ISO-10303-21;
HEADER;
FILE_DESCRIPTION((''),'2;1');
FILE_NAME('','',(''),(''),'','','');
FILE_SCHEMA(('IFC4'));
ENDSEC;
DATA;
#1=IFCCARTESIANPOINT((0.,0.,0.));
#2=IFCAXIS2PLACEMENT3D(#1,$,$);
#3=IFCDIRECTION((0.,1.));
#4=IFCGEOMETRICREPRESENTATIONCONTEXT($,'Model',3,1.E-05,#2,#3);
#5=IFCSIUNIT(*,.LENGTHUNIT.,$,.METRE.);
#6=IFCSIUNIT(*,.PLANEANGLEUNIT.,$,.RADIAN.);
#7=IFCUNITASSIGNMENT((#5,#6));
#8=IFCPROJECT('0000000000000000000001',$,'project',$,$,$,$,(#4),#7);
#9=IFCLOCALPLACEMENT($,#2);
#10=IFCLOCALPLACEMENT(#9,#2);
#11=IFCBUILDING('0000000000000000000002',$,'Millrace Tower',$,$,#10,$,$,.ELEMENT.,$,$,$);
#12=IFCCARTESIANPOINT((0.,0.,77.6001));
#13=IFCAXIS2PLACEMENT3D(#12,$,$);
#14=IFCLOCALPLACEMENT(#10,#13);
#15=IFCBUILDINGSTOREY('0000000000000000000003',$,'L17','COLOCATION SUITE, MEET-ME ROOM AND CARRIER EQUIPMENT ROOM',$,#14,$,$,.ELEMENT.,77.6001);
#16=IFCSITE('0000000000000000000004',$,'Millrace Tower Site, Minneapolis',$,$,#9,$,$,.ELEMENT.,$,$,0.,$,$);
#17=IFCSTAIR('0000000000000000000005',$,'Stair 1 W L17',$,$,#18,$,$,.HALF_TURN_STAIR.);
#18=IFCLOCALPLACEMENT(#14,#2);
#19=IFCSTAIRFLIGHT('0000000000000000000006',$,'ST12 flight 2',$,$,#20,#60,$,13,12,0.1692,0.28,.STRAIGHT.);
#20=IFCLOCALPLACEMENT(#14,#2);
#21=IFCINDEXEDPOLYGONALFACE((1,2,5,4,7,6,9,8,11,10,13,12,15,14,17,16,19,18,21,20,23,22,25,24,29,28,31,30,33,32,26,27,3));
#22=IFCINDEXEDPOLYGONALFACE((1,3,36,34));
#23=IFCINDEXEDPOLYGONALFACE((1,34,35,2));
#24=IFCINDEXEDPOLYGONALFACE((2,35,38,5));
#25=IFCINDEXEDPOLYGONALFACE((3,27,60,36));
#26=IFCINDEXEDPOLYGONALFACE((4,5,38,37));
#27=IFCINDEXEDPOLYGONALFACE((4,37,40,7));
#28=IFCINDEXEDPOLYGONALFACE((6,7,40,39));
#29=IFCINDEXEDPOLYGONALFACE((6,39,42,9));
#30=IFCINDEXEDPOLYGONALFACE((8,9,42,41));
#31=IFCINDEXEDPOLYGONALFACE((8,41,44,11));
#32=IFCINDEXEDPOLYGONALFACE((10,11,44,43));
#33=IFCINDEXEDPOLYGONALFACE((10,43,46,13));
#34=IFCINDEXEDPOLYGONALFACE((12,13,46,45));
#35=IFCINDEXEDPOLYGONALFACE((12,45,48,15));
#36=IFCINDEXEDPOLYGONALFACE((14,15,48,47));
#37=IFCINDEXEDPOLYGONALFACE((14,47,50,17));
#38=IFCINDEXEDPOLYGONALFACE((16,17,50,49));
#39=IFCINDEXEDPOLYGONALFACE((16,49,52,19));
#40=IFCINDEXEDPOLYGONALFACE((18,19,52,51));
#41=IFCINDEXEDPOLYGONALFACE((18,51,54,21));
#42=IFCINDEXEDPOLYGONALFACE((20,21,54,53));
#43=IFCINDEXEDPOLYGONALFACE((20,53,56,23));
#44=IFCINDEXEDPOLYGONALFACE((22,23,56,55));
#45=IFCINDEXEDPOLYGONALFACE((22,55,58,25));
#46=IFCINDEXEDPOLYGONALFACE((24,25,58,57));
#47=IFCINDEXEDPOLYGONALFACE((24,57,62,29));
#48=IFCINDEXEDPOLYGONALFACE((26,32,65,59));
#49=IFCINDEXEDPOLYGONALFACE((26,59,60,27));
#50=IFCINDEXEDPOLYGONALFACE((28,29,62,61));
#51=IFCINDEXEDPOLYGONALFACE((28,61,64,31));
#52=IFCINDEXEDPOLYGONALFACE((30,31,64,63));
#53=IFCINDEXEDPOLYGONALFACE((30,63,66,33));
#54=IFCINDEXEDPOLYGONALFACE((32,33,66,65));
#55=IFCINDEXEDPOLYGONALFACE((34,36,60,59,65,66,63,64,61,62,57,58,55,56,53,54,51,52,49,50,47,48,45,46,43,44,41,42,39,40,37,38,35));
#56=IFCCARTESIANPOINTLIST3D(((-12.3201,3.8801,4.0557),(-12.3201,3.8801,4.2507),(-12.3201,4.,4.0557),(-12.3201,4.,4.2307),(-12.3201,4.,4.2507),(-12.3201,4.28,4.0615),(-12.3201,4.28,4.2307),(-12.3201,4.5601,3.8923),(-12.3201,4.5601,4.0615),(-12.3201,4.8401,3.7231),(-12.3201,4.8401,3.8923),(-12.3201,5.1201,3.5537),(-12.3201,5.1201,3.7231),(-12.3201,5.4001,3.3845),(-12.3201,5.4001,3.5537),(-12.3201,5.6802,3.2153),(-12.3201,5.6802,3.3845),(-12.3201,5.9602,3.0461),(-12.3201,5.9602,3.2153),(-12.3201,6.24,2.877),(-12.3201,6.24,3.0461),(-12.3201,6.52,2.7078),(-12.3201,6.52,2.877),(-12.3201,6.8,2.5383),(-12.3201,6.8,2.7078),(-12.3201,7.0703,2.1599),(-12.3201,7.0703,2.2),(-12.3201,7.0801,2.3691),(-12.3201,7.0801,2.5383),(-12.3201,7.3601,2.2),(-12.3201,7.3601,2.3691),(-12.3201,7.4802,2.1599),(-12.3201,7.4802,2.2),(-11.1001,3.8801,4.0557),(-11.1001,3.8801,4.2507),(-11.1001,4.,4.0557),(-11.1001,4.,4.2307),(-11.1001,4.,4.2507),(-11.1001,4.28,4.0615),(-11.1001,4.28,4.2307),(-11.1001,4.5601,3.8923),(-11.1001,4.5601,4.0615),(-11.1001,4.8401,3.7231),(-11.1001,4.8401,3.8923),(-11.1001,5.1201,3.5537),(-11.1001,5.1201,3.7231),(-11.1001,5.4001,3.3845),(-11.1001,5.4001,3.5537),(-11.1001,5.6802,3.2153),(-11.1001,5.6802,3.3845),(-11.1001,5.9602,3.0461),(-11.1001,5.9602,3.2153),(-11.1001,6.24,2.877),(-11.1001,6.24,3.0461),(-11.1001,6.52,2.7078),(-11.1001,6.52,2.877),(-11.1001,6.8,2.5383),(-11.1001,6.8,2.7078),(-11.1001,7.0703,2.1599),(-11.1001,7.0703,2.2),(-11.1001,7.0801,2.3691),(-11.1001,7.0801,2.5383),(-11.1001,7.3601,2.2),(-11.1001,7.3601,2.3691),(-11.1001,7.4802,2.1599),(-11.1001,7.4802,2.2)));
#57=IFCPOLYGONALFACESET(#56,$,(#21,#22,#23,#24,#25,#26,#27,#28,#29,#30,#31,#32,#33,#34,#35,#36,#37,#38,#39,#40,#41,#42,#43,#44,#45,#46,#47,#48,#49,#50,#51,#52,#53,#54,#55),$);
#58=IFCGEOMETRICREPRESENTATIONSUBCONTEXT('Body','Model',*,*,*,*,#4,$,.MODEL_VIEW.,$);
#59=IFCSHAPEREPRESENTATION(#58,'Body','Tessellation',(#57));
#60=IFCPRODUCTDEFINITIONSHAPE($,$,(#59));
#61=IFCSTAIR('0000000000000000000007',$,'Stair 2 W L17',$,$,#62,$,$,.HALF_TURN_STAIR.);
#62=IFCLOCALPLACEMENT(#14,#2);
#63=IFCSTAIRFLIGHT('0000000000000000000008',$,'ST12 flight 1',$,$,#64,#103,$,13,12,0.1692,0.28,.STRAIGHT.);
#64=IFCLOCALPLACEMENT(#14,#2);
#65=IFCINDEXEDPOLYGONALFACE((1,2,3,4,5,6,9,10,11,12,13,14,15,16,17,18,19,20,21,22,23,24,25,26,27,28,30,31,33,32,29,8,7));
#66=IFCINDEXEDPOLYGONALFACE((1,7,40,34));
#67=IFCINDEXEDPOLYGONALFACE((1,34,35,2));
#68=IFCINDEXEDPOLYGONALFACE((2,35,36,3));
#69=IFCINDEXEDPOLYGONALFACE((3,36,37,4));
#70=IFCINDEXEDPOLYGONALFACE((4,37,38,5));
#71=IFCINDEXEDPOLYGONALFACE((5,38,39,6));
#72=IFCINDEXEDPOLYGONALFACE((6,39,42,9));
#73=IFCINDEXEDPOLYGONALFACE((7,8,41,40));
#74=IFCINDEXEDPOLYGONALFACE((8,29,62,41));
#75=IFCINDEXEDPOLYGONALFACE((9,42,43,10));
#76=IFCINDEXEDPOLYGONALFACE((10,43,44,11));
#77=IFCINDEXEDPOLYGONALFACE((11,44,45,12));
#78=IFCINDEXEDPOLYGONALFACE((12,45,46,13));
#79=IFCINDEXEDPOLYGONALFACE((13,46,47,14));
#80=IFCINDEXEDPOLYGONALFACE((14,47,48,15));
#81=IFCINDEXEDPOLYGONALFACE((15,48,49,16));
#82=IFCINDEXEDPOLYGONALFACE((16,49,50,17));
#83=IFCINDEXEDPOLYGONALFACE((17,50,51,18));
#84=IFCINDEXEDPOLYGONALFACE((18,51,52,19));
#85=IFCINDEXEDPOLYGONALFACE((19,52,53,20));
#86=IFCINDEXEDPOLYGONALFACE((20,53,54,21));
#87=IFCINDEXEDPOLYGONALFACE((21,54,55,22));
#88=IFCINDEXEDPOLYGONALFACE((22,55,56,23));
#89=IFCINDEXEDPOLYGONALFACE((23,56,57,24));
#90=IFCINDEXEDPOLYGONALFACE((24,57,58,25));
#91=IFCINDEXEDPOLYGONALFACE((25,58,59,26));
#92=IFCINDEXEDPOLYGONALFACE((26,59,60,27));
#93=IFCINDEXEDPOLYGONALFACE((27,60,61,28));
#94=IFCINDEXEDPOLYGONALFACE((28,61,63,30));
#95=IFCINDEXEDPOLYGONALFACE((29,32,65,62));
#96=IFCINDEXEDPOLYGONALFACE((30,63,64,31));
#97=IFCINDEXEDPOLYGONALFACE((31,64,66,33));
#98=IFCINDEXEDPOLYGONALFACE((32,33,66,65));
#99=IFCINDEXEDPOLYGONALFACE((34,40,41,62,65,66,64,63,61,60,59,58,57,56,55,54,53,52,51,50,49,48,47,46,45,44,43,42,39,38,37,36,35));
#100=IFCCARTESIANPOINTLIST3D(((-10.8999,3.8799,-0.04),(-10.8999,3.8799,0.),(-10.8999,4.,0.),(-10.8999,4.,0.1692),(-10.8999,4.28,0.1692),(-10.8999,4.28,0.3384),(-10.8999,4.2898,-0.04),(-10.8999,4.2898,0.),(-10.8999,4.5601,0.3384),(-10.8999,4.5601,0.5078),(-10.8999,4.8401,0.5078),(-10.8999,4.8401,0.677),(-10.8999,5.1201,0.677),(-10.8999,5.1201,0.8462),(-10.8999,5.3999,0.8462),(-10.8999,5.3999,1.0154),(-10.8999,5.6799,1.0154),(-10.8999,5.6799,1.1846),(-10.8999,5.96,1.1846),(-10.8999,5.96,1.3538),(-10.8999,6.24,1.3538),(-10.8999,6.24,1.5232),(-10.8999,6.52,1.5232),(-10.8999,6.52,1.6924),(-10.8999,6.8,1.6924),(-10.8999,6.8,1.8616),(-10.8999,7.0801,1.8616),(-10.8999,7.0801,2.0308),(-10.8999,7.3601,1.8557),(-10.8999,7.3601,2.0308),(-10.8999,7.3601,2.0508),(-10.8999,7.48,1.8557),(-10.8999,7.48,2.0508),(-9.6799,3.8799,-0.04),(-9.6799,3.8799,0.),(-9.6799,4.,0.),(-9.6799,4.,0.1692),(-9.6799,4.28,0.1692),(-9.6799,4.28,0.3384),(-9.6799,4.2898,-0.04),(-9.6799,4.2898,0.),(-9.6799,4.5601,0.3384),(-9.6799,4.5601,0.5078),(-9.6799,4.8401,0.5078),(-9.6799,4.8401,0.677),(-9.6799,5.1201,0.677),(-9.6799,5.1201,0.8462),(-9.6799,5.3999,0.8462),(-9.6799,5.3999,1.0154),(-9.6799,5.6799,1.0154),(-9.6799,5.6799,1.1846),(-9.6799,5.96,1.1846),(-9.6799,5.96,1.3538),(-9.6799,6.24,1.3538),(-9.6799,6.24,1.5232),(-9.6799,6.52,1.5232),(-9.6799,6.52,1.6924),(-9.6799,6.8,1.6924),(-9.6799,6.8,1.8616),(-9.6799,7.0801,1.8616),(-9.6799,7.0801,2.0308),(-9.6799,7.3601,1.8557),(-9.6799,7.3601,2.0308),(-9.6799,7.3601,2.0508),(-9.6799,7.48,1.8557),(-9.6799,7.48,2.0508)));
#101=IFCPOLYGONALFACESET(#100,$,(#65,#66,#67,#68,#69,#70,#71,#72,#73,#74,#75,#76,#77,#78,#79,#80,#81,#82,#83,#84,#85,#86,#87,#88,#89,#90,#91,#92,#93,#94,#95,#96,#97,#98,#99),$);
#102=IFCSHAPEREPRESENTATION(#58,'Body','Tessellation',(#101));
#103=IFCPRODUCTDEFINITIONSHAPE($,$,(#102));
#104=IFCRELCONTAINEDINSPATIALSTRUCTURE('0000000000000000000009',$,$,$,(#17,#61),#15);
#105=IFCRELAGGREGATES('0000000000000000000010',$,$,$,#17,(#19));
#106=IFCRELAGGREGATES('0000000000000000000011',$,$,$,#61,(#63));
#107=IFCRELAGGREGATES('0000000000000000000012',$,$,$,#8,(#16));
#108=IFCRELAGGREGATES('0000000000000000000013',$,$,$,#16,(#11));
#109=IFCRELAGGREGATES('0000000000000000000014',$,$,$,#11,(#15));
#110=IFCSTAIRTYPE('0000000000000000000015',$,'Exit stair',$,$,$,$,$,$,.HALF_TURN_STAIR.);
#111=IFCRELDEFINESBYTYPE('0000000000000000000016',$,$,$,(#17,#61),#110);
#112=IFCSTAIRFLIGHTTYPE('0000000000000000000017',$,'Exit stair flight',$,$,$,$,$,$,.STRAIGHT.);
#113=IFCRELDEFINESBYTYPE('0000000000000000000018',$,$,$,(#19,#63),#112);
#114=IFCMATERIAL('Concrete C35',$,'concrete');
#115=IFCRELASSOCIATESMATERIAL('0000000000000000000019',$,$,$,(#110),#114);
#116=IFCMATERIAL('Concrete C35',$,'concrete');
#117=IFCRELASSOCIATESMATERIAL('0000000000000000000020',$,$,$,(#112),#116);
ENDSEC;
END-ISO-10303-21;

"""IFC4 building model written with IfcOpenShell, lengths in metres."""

from ifc_helpers import new_model, si_unit, direction, frame, origin, place, context, subcontext, project, spatial, polyline, outline, extrude, material, type_object, element, aggregate, save


model = new_model("IFC4")

# Units and contexts
model_context = context("Model", 3, precision=1e-05, world=origin(), true_north=direction((0.0, 1.0)))
body_context = subcontext(model_context, "Body", "Model", "MODEL_VIEW")
ifc_project = project(units=[si_unit("LENGTHUNIT", "METRE"), si_unit("PLANEANGLEUNIT", "RADIAN")], contexts=[model_context])

# Site, building, storey
site_placement = place(None, origin())
site = spatial("IfcSite", under=ifc_project, at=site_placement, Name="Millrace Tower Site, Minneapolis", CompositionType="ELEMENT", RefElevation=0.0)
building_placement = place(site_placement, origin())
building = spatial("IfcBuilding", under=site, at=building_placement, Name="Millrace Tower", CompositionType="ELEMENT")
storey_placement = place(building_placement, frame((0.0, 0.0, 77.6001)))
storey = spatial("IfcBuildingStorey", under=building, at=storey_placement, Name="L17", Description="COLOCATION SUITE, MEET-ME ROOM AND CARRIER EQUIPMENT ROOM", CompositionType="ELEMENT", Elevation=77.6001)

# Shared definitions
placement = place(storey_placement, origin())

# Stair, stair flight
ifc_material_1 = material(Name="Concrete C35", Category="concrete")
stair_type = type_object("IfcStairType", Name="Exit stair", PredefinedType="HALF_TURN_STAIR", material=ifc_material_1)
stair_1 = element("IfcStair", 1, at=placement, inside=storey, type_object=stair_type, Name="Stair 1 W L17", PredefinedType="HALF_TURN_STAIR")
ifc_material_2 = material(Name="Concrete C35", Category="concrete")
stair_flight_type = type_object("IfcStairFlightType", Name="Exit stair flight", PredefinedType="STRAIGHT", material=ifc_material_2)
stair_flight_1_placement = place(storey_placement, frame((-11.71, 7.3601, 2.2), z_axis=(0.0, 0.0, 1.0), x_axis=(0.0, -1.0, 0.0)))
stair_flight_1 = element("IfcStairFlight", 2, at=stair_flight_1_placement, type_object=stair_flight_type, Name="ST12 flight 2", NumberOfRisers=13, NumberOfTreads=12, PredefinedType="STRAIGHT", RiserHeight=0.1692, TreadLength=0.28, context=body_context, shape_type="SweptSolid", body=[
    extrude(outline(polyline([(-0.1201, -0.04), (-0.1201, 0.0), (0.0, 0.0), (0.0, 0.1692), (0.28, 0.1692), (0.28, 0.3384), (0.5601, 0.3384), (0.5601, 0.5078), (0.8401, 0.5078), (0.8401, 0.677), (1.1201, 0.677), (1.1201, 0.8462), (1.3999, 0.8462), (1.3999, 1.0154), (1.6799, 1.0154), (1.6799, 1.1846), (1.96, 1.1846), (1.96, 1.3538), (2.24, 1.3538), (2.24, 1.5232), (2.52, 1.5232), (2.52, 1.6924), (2.8, 1.6924), (2.8, 1.8616), (3.0801, 1.8616), (3.0801, 2.0308), (3.3601, 2.0308), (3.3601, 2.0508), (3.48, 2.0508), (3.48, 1.8557), (3.3601, 1.8557), (0.2898, 0.0), (0.2898, -0.04), (-0.1201, -0.04)])), frame((0.0, 0.6099, 0.0), z_axis=(0.0, -1.0, 0.0), x_axis=(1.0, 0.0, 0.0)), (0.0, 0.0, 1.0), 1.22),
])
aggregate(stair_1, [stair_flight_1])

# Stair, stair flight
stair_2 = element("IfcStair", 3, at=placement, inside=storey, type_object=stair_type, Name="Stair 2 W L17", PredefinedType="HALF_TURN_STAIR")
stair_flight_2_placement = place(storey_placement, frame((-10.29, 4.0, 0.0), z_axis=(0.0, 0.0, 1.0), x_axis=(0.0, 1.0, 0.0)))
stair_flight_2 = element("IfcStairFlight", 4, at=stair_flight_2_placement, type_object=stair_flight_type, Name="ST12 flight 1", NumberOfRisers=13, NumberOfTreads=12, PredefinedType="STRAIGHT", RiserHeight=0.1692, TreadLength=0.28, context=body_context, shape_type="SweptSolid", body=[
    extrude(outline(polyline([(-0.1201, -0.04), (-0.1201, 0.0), (0.0, 0.0), (0.0, 0.1692), (0.28, 0.1692), (0.28, 0.3384), (0.5601, 0.3384), (0.5601, 0.5078), (0.8401, 0.5078), (0.8401, 0.677), (1.1201, 0.677), (1.1201, 0.8462), (1.3999, 0.8462), (1.3999, 1.0154), (1.6799, 1.0154), (1.6799, 1.1846), (1.96, 1.1846), (1.96, 1.3538), (2.24, 1.3538), (2.24, 1.5232), (2.52, 1.5232), (2.52, 1.6924), (2.8, 1.6924), (2.8, 1.8616), (3.0801, 1.8616), (3.0801, 2.0308), (3.3601, 2.0308), (3.3601, 2.0508), (3.48, 2.0508), (3.48, 1.8557), (3.3601, 1.8557), (0.2898, 0.0), (0.2898, -0.04), (-0.1201, -0.04)])), frame((0.0, 0.6099, 0.0), z_axis=(0.0, -1.0, 0.0), x_axis=(1.0, 0.0, 0.0)), (0.0, 0.0, 1.0), 1.22),
])
aggregate(stair_2, [stair_flight_2])

save(model, "model.ifc")
